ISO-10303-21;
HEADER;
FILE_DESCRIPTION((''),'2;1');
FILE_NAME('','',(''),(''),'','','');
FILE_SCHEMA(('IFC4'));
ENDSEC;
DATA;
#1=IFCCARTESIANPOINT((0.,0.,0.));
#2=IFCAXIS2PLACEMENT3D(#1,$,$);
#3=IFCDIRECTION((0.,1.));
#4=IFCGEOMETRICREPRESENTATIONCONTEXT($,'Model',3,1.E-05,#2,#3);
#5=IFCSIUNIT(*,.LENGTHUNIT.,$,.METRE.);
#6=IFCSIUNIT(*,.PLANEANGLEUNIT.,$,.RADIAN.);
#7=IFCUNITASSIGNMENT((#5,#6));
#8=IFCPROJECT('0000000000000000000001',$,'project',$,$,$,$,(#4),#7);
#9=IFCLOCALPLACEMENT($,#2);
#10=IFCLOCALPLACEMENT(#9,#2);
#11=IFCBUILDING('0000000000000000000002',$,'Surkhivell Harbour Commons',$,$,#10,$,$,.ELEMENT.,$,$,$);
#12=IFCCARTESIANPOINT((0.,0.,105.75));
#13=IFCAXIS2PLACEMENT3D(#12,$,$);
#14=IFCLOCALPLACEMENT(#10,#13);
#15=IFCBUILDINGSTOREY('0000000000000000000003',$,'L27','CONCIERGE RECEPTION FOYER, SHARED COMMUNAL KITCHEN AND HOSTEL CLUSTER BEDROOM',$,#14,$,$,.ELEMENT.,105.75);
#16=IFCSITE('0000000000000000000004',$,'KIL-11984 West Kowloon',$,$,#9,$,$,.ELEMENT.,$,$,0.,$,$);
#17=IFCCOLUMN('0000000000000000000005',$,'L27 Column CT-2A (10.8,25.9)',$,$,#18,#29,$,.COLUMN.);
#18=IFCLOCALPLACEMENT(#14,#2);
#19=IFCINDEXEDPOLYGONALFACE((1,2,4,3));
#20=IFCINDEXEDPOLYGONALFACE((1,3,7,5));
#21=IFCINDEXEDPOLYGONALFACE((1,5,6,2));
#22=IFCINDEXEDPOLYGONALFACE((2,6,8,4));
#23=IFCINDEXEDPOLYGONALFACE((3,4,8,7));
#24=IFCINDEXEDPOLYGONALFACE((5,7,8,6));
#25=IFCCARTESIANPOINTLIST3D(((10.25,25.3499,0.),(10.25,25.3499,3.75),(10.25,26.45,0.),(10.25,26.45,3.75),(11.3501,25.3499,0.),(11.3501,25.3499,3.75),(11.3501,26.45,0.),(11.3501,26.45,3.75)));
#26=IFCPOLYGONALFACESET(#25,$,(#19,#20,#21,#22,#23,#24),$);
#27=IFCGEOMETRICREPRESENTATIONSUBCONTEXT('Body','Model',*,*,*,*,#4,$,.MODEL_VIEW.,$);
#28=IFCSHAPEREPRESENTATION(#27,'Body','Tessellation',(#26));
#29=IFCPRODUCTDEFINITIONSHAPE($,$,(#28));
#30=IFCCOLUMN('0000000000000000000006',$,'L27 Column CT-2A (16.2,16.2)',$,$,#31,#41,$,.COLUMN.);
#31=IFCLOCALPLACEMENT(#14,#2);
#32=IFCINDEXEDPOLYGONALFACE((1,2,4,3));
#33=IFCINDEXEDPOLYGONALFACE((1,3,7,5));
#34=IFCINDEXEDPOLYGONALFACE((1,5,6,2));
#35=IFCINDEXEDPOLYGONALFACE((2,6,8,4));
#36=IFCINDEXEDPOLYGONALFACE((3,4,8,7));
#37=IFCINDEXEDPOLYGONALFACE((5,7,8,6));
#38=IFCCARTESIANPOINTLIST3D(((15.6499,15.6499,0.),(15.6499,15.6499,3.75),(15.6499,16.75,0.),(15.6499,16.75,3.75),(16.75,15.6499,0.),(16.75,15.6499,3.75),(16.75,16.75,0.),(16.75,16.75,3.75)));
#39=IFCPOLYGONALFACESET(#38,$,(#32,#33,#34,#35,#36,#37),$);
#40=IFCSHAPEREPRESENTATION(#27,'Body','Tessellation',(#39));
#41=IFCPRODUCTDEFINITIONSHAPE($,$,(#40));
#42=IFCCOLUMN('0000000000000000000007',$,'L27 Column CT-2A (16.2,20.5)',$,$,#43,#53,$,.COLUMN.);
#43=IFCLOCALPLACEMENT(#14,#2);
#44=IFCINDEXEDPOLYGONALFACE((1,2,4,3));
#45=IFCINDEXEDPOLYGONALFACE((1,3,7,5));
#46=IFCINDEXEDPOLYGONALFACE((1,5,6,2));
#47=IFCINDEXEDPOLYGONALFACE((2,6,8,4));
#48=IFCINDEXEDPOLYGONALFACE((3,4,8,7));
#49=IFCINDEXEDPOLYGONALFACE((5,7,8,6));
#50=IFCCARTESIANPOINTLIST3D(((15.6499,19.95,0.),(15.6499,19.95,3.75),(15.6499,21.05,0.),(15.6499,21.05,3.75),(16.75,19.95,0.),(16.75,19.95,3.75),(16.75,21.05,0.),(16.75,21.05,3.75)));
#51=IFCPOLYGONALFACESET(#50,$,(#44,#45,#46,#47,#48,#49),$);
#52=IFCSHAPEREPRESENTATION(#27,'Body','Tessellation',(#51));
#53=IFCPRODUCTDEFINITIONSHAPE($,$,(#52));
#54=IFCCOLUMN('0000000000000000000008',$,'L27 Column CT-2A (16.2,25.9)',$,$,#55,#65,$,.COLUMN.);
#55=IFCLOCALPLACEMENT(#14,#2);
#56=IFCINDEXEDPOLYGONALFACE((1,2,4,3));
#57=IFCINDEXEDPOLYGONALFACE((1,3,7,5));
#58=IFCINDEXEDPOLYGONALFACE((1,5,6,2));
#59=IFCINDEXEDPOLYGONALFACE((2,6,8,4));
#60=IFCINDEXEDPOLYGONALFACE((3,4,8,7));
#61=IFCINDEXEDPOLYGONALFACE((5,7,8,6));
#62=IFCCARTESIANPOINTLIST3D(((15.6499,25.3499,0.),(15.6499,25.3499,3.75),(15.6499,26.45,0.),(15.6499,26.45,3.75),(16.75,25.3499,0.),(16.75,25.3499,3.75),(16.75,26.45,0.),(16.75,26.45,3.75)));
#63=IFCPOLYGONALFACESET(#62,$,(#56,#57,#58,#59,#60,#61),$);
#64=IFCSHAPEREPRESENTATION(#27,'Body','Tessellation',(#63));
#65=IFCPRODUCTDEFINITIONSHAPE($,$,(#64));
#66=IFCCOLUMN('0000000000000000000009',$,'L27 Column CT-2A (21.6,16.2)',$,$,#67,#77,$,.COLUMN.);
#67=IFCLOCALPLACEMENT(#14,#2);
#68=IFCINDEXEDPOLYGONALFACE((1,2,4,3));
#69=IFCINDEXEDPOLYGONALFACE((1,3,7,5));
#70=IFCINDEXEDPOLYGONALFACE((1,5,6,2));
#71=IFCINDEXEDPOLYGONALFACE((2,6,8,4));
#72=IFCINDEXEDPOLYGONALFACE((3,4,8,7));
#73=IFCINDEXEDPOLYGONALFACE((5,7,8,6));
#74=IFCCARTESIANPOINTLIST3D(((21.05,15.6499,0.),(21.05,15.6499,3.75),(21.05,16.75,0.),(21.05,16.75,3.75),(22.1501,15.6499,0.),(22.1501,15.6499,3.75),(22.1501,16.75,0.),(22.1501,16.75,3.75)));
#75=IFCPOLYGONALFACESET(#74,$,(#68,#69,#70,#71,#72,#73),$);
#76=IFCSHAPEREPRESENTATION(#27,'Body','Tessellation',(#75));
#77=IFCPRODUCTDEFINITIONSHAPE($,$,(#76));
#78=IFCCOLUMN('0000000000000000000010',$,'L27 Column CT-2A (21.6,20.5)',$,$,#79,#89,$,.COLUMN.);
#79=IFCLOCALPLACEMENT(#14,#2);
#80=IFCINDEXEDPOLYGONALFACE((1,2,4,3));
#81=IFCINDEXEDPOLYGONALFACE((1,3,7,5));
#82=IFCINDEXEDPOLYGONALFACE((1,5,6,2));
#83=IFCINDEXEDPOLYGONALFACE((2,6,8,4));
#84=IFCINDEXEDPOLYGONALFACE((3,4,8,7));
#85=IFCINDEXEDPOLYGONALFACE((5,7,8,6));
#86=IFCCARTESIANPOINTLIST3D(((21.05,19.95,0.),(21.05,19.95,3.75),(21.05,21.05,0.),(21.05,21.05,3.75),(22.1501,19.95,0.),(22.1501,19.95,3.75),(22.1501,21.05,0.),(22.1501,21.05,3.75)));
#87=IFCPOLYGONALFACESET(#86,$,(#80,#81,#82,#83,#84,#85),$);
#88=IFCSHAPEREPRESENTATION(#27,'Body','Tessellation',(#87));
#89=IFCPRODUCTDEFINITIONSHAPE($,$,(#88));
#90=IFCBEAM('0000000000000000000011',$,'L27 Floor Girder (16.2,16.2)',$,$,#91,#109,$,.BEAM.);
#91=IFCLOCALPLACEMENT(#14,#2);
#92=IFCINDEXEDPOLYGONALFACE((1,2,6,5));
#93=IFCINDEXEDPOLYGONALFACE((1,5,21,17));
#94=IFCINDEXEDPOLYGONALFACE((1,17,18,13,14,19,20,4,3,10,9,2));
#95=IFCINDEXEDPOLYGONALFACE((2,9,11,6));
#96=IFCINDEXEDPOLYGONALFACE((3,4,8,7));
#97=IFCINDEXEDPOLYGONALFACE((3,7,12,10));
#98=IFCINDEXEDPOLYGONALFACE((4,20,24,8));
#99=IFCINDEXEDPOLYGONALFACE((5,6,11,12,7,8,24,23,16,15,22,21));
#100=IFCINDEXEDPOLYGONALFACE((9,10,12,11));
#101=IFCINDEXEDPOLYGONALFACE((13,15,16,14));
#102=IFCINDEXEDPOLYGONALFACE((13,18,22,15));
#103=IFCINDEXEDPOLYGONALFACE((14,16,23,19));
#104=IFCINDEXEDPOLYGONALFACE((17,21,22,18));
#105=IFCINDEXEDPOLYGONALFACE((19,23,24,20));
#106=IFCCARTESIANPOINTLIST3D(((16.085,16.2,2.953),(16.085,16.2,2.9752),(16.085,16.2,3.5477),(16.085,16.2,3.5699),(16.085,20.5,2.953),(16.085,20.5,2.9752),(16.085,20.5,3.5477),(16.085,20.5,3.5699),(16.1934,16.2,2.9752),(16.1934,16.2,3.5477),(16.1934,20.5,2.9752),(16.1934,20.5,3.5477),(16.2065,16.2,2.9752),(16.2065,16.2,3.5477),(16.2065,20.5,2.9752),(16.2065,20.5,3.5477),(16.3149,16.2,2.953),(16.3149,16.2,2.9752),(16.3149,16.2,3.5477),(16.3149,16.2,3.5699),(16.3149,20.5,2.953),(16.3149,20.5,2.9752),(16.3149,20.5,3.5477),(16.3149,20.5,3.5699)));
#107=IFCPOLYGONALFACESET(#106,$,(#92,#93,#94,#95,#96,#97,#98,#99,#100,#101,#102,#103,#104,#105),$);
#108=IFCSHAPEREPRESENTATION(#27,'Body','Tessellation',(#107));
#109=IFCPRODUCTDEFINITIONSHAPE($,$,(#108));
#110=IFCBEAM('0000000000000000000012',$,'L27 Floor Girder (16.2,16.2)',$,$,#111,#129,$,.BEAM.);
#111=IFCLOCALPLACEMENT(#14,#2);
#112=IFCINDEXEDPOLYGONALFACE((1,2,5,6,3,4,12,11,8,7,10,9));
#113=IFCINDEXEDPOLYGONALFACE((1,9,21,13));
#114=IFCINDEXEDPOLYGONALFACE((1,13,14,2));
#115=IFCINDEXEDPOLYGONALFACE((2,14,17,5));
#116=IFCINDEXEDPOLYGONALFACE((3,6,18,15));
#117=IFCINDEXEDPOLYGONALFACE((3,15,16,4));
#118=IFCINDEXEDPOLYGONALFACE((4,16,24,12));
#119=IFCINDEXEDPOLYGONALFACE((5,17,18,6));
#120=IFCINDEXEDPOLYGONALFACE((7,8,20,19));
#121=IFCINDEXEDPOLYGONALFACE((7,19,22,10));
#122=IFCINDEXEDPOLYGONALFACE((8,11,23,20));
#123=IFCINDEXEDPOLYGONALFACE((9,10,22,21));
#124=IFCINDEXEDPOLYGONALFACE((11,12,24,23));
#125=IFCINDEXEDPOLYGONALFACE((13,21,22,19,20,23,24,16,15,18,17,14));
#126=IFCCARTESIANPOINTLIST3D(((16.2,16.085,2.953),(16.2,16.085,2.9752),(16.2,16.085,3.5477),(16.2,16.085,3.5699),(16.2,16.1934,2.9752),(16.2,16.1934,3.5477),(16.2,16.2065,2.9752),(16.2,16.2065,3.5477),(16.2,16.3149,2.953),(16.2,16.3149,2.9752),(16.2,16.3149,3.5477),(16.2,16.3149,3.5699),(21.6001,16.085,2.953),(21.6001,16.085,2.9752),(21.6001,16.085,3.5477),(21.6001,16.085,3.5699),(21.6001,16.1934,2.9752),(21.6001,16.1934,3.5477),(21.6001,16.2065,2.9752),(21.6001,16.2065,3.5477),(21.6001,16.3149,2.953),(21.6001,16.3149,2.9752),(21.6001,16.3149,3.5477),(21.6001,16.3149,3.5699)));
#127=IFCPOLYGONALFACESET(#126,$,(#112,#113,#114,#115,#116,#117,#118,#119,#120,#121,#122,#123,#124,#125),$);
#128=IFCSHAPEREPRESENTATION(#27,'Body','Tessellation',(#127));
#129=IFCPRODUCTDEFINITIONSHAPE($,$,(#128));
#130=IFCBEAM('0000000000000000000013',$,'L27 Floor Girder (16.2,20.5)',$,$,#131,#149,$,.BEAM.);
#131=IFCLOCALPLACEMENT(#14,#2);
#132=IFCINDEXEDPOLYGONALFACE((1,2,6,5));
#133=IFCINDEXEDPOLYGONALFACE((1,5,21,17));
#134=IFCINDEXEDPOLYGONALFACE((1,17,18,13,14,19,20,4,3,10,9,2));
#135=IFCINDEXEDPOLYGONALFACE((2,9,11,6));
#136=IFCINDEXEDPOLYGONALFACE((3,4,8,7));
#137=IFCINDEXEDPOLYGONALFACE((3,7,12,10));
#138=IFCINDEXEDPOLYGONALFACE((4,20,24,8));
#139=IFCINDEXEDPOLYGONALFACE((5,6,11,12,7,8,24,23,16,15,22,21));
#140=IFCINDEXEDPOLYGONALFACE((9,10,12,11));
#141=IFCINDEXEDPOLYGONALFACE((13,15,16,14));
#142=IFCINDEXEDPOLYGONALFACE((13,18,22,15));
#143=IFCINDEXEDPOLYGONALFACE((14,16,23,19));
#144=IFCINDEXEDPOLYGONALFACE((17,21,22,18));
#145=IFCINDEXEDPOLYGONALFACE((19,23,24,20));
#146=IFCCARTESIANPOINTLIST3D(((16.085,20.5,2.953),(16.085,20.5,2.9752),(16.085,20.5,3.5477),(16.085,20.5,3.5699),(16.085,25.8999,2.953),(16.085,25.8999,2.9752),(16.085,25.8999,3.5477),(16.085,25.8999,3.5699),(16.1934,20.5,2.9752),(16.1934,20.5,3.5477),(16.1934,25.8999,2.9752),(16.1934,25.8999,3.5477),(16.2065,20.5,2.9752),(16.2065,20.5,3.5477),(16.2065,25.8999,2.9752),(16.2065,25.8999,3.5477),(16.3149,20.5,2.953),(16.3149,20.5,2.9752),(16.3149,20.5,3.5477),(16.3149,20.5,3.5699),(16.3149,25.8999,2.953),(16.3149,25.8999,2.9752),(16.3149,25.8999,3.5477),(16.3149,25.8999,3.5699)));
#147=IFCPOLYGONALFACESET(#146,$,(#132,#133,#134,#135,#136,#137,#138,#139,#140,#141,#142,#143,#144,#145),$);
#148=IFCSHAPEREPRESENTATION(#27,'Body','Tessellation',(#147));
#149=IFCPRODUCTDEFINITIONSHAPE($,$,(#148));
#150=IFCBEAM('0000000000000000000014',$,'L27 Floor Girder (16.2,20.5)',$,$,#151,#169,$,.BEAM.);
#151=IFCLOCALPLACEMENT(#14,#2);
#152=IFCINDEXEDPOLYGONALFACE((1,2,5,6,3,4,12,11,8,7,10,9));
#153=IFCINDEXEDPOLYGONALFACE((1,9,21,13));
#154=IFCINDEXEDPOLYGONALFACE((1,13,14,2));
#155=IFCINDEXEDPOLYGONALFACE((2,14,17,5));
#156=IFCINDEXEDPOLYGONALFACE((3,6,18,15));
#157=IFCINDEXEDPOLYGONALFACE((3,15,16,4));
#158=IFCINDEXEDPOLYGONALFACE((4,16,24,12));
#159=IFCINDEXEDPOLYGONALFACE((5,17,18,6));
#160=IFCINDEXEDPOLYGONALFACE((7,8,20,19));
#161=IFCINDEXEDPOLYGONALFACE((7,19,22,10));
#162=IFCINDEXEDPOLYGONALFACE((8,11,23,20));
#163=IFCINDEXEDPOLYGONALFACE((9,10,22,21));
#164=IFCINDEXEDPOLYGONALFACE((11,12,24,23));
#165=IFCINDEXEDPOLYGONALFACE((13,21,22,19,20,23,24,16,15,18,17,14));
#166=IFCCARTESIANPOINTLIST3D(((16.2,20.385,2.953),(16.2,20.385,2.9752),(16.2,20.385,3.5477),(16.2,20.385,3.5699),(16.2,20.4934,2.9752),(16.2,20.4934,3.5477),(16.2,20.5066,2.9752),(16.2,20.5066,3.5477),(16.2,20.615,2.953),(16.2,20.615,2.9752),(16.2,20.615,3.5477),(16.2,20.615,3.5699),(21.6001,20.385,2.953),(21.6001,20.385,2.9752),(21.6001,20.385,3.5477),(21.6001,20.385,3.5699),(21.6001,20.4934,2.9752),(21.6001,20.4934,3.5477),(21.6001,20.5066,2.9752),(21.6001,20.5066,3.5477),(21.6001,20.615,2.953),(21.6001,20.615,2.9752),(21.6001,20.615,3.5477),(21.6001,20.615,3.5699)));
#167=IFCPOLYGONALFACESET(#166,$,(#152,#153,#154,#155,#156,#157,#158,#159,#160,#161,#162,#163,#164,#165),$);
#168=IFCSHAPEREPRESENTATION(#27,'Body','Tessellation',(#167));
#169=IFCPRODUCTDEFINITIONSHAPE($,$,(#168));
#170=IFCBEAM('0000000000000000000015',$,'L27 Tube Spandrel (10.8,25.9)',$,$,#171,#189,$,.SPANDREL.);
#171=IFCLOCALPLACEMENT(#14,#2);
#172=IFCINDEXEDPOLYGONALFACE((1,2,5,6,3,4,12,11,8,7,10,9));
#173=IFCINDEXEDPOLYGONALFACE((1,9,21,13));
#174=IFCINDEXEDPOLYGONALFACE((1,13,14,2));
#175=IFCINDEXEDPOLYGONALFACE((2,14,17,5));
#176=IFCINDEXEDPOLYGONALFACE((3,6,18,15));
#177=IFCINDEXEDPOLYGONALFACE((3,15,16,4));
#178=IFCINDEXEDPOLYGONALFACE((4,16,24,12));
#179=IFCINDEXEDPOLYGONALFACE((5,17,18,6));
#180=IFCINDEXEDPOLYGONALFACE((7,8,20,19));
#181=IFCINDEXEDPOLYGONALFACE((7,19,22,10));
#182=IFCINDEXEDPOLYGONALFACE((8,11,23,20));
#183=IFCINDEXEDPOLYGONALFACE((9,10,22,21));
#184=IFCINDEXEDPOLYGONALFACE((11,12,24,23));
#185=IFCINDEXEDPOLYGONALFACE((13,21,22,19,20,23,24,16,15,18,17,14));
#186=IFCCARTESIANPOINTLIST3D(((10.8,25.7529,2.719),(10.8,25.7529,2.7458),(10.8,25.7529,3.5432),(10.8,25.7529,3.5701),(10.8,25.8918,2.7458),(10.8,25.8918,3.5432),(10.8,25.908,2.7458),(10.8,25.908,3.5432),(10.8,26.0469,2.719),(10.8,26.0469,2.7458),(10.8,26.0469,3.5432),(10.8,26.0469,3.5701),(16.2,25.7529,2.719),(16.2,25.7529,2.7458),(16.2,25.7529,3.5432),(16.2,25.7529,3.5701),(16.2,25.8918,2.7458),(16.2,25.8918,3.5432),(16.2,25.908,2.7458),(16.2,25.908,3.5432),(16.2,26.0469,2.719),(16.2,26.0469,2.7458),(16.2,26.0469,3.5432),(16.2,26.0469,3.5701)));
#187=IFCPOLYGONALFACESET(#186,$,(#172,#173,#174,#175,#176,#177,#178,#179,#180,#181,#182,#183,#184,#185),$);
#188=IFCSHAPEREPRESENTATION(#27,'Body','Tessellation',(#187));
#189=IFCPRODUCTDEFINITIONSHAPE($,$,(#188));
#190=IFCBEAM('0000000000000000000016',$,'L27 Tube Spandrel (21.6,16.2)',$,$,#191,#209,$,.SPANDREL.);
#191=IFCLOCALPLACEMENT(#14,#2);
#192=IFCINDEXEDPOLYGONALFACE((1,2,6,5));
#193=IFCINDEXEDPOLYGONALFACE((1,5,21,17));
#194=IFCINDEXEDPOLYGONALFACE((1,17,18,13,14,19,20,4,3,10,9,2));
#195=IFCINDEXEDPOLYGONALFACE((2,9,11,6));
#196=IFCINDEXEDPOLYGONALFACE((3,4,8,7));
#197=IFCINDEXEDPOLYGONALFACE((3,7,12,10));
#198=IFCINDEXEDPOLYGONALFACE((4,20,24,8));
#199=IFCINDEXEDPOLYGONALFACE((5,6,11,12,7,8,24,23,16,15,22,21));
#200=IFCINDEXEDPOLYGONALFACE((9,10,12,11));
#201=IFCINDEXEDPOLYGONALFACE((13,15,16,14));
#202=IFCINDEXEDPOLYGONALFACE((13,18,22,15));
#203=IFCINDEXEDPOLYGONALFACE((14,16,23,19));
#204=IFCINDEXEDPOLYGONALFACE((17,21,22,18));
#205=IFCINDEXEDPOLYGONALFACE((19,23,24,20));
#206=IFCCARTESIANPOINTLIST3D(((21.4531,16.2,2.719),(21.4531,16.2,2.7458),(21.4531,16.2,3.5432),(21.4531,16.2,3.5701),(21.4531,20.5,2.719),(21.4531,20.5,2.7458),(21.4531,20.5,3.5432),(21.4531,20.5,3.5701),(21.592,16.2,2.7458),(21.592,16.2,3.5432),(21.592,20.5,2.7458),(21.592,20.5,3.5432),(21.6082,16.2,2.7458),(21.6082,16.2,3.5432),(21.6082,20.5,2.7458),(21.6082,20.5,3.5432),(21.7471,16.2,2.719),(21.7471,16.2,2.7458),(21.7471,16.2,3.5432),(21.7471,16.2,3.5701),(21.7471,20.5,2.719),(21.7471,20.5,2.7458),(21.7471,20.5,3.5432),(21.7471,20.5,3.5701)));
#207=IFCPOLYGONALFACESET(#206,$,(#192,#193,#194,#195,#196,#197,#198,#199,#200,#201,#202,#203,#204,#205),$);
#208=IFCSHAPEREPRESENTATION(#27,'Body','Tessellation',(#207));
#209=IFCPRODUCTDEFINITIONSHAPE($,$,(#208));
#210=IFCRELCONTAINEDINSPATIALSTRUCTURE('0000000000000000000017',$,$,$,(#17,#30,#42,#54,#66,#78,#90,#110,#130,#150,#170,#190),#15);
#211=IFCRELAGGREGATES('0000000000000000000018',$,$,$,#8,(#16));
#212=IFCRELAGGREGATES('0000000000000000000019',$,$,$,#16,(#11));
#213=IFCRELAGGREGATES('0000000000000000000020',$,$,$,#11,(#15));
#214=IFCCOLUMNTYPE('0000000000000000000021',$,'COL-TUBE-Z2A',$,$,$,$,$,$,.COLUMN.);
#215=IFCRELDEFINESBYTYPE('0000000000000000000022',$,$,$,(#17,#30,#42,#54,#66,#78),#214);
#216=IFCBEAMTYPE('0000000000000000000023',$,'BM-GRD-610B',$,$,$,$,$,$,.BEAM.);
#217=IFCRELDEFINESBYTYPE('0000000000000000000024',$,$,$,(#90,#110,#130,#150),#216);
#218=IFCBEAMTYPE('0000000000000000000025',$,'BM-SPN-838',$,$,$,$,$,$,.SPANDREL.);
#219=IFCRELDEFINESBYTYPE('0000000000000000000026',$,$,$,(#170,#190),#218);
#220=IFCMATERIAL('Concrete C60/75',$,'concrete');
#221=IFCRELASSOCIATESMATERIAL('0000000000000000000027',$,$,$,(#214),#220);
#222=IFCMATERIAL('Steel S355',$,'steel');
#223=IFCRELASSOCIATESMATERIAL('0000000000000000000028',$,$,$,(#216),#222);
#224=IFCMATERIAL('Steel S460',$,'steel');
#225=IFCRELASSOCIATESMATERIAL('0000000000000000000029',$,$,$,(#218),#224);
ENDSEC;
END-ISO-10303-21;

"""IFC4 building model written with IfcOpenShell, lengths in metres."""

from ifc_helpers import new_model, si_unit, direction, frame, origin, origin_2d, place, context, subcontext, project, spatial, rectangle, i_section, extrude, material, material_profile, profile_set, type_object, element, save


model = new_model("IFC4")

# Units and contexts
model_context = context("Model", 3, precision=1e-05, world=origin(), true_north=direction((0.0, 1.0)))
body_context = subcontext(model_context, "Body", "Model", "MODEL_VIEW")
ifc_project = project(units=[si_unit("LENGTHUNIT", "METRE"), si_unit("PLANEANGLEUNIT", "RADIAN")], contexts=[model_context])

# Site, building, storey
site_placement = place(None, origin())
site = spatial("IfcSite", under=ifc_project, at=site_placement, Name="KIL-11984 West Kowloon", CompositionType="ELEMENT", RefElevation=0.0)
building_placement = place(site_placement, origin())
building = spatial("IfcBuilding", under=site, at=building_placement, Name="Surkhivell Harbour Commons", CompositionType="ELEMENT")
storey_placement = place(building_placement, frame((0.0, 0.0, 105.75)))
storey = spatial("IfcBuildingStorey", under=building, at=storey_placement, Name="L27", Description="CONCIERGE RECEPTION FOYER, SHARED COMMUNAL KITCHEN AND HOSTEL CLUSTER BEDROOM", CompositionType="ELEMENT", Elevation=105.75)

# Columns
ifc_material_1 = material(Name="Concrete C60/75", Category="concrete")
ifc_material_profile_1 = material_profile(ifc_material_1, rectangle(XDim=1.1001, YDim=1.1001, at=origin_2d()), Name="RC-COL-1100x1100")
ifc_profile_set_1 = profile_set([ifc_material_profile_1], Name="Concrete C60/75")
column_type = type_object("IfcColumnType", Name="COL-TUBE-Z2A", PredefinedType="COLUMN", material=ifc_profile_set_1)
for number, where, z_axis, x_axis, name in (
    (1, (10.8, 25.8999, 0.0), (0.0, 0.0, 1.0), (1.0, 0.0, 0.0), "L27 Column CT-2A (10.8,25.9)"),
    (2, (16.2, 16.2, 0.0), (0.0, 0.0, 1.0), (1.0, 0.0, 0.0), "L27 Column CT-2A (16.2,16.2)"),
    (3, (16.2, 20.5, 0.0), (0.0, 0.0, 1.0), (1.0, 0.0, 0.0), "L27 Column CT-2A (16.2,20.5)"),
    (4, (16.2, 25.8999, 0.0), (0.0, 0.0, 1.0), (1.0, 0.0, 0.0), "L27 Column CT-2A (16.2,25.9)"),
    (5, (21.6001, 16.2, 0.0), (0.0, 0.0, 1.0), (1.0, 0.0, 0.0), "L27 Column CT-2A (21.6,16.2)"),
    (6, (21.6001, 20.5, 0.0), (0.0, 0.0, 1.0), (1.0, 0.0, 0.0), "L27 Column CT-2A (21.6,20.5)"),
):
    element("IfcColumn", number, at=place(storey_placement, frame(where, z_axis=z_axis, x_axis=x_axis)), inside=storey, type_object=column_type, Name=name, PredefinedType="COLUMN", context=body_context, shape_type="SweptSolid", body=[
        extrude(rectangle(XDim=1.1001, YDim=1.1001, at=origin_2d()), origin(), (0.0, 0.0, 1.0), 3.75),
    ])

# Beams
ifc_material_2 = material(Name="Steel S355", Category="steel")
ifc_material_profile_2 = material_profile(ifc_material_2, i_section(OverallWidth=0.23, OverallDepth=0.6169, WebThickness=0.0132, FlangeThickness=0.0222, at=origin_2d()), Name="UB610x229x140")
ifc_profile_set_2 = profile_set([ifc_material_profile_2], Name="Steel S355")
beam_type_1 = type_object("IfcBeamType", Name="BM-GRD-610B", PredefinedType="BEAM", material=ifc_profile_set_2)
beam_1_placement = place(storey_placement, frame((16.2, 16.2, 3.2615), z_axis=(0.0, 1.0, 0.0), x_axis=(-1.0, 0.0, 0.0)))
element("IfcBeam", 7, at=beam_1_placement, inside=storey, type_object=beam_type_1, Name="L27 Floor Girder (16.2,16.2)", PredefinedType="BEAM", context=body_context, shape_type="SweptSolid", body=[
    extrude(i_section(OverallWidth=0.23, OverallDepth=0.6169, WebThickness=0.0132, FlangeThickness=0.0222, at=origin_2d()), origin(), (0.0, 0.0, 1.0), 4.3),
])
beam_2_placement = place(storey_placement, frame((16.2, 16.2, 3.2615), z_axis=(1.0, 0.0, 0.0), x_axis=(0.0, 1.0, 0.0)))
element("IfcBeam", 8, at=beam_2_placement, inside=storey, type_object=beam_type_1, Name="L27 Floor Girder (16.2,16.2)", PredefinedType="BEAM", context=body_context, shape_type="SweptSolid", body=[
    extrude(i_section(OverallWidth=0.23, OverallDepth=0.6169, WebThickness=0.0132, FlangeThickness=0.0222, at=origin_2d()), origin(), (0.0, 0.0, 1.0), 5.4001),
])
beam_3_placement = place(storey_placement, frame((16.2, 20.5, 3.2615), z_axis=(0.0, 1.0, 0.0), x_axis=(-1.0, 0.0, 0.0)))
element("IfcBeam", 9, at=beam_3_placement, inside=storey, type_object=beam_type_1, Name="L27 Floor Girder (16.2,20.5)", PredefinedType="BEAM", context=body_context, shape_type="SweptSolid", body=[
    extrude(i_section(OverallWidth=0.23, OverallDepth=0.6169, WebThickness=0.0132, FlangeThickness=0.0222, at=origin_2d()), origin(), (0.0, 0.0, 1.0), 5.3999),
])
beam_4_placement = place(storey_placement, frame((16.2, 20.5, 3.2615), z_axis=(1.0, 0.0, 0.0), x_axis=(0.0, 1.0, 0.0)))
element("IfcBeam", 10, at=beam_4_placement, inside=storey, type_object=beam_type_1, Name="L27 Floor Girder (16.2,20.5)", PredefinedType="BEAM", context=body_context, shape_type="SweptSolid", body=[
    extrude(i_section(OverallWidth=0.23, OverallDepth=0.6169, WebThickness=0.0132, FlangeThickness=0.0222, at=origin_2d()), origin(), (0.0, 0.0, 1.0), 5.4001),
])
ifc_material_3 = material(Name="Steel S460", Category="steel")
ifc_material_profile_3 = material_profile(ifc_material_3, i_section(OverallWidth=0.2939, OverallDepth=0.8511, WebThickness=0.0161, FlangeThickness=0.0269, at=origin_2d()), Name="UB838x292x226")
ifc_profile_set_3 = profile_set([ifc_material_profile_3], Name="Steel S460")
beam_type_2 = type_object("IfcBeamType", Name="BM-SPN-838", PredefinedType="SPANDREL", material=ifc_profile_set_3)
beam_5_placement = place(storey_placement, frame((10.8, 25.8999, 3.1445), z_axis=(1.0, 0.0, 0.0), x_axis=(0.0, 1.0, 0.0)))
element("IfcBeam", 11, at=beam_5_placement, inside=storey, type_object=beam_type_2, Name="L27 Tube Spandrel (10.8,25.9)", PredefinedType="SPANDREL", context=body_context, shape_type="SweptSolid", body=[
    extrude(i_section(OverallWidth=0.2939, OverallDepth=0.8511, WebThickness=0.0161, FlangeThickness=0.0269, at=origin_2d()), origin(), (0.0, 0.0, 1.0), 5.3999),
])
beam_6_placement = place(storey_placement, frame((21.6001, 16.2, 3.1445), z_axis=(0.0, 1.0, 0.0), x_axis=(-1.0, 0.0, 0.0)))
element("IfcBeam", 12, at=beam_6_placement, inside=storey, type_object=beam_type_2, Name="L27 Tube Spandrel (21.6,16.2)", PredefinedType="SPANDREL", context=body_context, shape_type="SweptSolid", body=[
    extrude(i_section(OverallWidth=0.2939, OverallDepth=0.8511, WebThickness=0.0161, FlangeThickness=0.0269, at=origin_2d()), origin(), (0.0, 0.0, 1.0), 4.3),
])

save(model, "model.ifc")
